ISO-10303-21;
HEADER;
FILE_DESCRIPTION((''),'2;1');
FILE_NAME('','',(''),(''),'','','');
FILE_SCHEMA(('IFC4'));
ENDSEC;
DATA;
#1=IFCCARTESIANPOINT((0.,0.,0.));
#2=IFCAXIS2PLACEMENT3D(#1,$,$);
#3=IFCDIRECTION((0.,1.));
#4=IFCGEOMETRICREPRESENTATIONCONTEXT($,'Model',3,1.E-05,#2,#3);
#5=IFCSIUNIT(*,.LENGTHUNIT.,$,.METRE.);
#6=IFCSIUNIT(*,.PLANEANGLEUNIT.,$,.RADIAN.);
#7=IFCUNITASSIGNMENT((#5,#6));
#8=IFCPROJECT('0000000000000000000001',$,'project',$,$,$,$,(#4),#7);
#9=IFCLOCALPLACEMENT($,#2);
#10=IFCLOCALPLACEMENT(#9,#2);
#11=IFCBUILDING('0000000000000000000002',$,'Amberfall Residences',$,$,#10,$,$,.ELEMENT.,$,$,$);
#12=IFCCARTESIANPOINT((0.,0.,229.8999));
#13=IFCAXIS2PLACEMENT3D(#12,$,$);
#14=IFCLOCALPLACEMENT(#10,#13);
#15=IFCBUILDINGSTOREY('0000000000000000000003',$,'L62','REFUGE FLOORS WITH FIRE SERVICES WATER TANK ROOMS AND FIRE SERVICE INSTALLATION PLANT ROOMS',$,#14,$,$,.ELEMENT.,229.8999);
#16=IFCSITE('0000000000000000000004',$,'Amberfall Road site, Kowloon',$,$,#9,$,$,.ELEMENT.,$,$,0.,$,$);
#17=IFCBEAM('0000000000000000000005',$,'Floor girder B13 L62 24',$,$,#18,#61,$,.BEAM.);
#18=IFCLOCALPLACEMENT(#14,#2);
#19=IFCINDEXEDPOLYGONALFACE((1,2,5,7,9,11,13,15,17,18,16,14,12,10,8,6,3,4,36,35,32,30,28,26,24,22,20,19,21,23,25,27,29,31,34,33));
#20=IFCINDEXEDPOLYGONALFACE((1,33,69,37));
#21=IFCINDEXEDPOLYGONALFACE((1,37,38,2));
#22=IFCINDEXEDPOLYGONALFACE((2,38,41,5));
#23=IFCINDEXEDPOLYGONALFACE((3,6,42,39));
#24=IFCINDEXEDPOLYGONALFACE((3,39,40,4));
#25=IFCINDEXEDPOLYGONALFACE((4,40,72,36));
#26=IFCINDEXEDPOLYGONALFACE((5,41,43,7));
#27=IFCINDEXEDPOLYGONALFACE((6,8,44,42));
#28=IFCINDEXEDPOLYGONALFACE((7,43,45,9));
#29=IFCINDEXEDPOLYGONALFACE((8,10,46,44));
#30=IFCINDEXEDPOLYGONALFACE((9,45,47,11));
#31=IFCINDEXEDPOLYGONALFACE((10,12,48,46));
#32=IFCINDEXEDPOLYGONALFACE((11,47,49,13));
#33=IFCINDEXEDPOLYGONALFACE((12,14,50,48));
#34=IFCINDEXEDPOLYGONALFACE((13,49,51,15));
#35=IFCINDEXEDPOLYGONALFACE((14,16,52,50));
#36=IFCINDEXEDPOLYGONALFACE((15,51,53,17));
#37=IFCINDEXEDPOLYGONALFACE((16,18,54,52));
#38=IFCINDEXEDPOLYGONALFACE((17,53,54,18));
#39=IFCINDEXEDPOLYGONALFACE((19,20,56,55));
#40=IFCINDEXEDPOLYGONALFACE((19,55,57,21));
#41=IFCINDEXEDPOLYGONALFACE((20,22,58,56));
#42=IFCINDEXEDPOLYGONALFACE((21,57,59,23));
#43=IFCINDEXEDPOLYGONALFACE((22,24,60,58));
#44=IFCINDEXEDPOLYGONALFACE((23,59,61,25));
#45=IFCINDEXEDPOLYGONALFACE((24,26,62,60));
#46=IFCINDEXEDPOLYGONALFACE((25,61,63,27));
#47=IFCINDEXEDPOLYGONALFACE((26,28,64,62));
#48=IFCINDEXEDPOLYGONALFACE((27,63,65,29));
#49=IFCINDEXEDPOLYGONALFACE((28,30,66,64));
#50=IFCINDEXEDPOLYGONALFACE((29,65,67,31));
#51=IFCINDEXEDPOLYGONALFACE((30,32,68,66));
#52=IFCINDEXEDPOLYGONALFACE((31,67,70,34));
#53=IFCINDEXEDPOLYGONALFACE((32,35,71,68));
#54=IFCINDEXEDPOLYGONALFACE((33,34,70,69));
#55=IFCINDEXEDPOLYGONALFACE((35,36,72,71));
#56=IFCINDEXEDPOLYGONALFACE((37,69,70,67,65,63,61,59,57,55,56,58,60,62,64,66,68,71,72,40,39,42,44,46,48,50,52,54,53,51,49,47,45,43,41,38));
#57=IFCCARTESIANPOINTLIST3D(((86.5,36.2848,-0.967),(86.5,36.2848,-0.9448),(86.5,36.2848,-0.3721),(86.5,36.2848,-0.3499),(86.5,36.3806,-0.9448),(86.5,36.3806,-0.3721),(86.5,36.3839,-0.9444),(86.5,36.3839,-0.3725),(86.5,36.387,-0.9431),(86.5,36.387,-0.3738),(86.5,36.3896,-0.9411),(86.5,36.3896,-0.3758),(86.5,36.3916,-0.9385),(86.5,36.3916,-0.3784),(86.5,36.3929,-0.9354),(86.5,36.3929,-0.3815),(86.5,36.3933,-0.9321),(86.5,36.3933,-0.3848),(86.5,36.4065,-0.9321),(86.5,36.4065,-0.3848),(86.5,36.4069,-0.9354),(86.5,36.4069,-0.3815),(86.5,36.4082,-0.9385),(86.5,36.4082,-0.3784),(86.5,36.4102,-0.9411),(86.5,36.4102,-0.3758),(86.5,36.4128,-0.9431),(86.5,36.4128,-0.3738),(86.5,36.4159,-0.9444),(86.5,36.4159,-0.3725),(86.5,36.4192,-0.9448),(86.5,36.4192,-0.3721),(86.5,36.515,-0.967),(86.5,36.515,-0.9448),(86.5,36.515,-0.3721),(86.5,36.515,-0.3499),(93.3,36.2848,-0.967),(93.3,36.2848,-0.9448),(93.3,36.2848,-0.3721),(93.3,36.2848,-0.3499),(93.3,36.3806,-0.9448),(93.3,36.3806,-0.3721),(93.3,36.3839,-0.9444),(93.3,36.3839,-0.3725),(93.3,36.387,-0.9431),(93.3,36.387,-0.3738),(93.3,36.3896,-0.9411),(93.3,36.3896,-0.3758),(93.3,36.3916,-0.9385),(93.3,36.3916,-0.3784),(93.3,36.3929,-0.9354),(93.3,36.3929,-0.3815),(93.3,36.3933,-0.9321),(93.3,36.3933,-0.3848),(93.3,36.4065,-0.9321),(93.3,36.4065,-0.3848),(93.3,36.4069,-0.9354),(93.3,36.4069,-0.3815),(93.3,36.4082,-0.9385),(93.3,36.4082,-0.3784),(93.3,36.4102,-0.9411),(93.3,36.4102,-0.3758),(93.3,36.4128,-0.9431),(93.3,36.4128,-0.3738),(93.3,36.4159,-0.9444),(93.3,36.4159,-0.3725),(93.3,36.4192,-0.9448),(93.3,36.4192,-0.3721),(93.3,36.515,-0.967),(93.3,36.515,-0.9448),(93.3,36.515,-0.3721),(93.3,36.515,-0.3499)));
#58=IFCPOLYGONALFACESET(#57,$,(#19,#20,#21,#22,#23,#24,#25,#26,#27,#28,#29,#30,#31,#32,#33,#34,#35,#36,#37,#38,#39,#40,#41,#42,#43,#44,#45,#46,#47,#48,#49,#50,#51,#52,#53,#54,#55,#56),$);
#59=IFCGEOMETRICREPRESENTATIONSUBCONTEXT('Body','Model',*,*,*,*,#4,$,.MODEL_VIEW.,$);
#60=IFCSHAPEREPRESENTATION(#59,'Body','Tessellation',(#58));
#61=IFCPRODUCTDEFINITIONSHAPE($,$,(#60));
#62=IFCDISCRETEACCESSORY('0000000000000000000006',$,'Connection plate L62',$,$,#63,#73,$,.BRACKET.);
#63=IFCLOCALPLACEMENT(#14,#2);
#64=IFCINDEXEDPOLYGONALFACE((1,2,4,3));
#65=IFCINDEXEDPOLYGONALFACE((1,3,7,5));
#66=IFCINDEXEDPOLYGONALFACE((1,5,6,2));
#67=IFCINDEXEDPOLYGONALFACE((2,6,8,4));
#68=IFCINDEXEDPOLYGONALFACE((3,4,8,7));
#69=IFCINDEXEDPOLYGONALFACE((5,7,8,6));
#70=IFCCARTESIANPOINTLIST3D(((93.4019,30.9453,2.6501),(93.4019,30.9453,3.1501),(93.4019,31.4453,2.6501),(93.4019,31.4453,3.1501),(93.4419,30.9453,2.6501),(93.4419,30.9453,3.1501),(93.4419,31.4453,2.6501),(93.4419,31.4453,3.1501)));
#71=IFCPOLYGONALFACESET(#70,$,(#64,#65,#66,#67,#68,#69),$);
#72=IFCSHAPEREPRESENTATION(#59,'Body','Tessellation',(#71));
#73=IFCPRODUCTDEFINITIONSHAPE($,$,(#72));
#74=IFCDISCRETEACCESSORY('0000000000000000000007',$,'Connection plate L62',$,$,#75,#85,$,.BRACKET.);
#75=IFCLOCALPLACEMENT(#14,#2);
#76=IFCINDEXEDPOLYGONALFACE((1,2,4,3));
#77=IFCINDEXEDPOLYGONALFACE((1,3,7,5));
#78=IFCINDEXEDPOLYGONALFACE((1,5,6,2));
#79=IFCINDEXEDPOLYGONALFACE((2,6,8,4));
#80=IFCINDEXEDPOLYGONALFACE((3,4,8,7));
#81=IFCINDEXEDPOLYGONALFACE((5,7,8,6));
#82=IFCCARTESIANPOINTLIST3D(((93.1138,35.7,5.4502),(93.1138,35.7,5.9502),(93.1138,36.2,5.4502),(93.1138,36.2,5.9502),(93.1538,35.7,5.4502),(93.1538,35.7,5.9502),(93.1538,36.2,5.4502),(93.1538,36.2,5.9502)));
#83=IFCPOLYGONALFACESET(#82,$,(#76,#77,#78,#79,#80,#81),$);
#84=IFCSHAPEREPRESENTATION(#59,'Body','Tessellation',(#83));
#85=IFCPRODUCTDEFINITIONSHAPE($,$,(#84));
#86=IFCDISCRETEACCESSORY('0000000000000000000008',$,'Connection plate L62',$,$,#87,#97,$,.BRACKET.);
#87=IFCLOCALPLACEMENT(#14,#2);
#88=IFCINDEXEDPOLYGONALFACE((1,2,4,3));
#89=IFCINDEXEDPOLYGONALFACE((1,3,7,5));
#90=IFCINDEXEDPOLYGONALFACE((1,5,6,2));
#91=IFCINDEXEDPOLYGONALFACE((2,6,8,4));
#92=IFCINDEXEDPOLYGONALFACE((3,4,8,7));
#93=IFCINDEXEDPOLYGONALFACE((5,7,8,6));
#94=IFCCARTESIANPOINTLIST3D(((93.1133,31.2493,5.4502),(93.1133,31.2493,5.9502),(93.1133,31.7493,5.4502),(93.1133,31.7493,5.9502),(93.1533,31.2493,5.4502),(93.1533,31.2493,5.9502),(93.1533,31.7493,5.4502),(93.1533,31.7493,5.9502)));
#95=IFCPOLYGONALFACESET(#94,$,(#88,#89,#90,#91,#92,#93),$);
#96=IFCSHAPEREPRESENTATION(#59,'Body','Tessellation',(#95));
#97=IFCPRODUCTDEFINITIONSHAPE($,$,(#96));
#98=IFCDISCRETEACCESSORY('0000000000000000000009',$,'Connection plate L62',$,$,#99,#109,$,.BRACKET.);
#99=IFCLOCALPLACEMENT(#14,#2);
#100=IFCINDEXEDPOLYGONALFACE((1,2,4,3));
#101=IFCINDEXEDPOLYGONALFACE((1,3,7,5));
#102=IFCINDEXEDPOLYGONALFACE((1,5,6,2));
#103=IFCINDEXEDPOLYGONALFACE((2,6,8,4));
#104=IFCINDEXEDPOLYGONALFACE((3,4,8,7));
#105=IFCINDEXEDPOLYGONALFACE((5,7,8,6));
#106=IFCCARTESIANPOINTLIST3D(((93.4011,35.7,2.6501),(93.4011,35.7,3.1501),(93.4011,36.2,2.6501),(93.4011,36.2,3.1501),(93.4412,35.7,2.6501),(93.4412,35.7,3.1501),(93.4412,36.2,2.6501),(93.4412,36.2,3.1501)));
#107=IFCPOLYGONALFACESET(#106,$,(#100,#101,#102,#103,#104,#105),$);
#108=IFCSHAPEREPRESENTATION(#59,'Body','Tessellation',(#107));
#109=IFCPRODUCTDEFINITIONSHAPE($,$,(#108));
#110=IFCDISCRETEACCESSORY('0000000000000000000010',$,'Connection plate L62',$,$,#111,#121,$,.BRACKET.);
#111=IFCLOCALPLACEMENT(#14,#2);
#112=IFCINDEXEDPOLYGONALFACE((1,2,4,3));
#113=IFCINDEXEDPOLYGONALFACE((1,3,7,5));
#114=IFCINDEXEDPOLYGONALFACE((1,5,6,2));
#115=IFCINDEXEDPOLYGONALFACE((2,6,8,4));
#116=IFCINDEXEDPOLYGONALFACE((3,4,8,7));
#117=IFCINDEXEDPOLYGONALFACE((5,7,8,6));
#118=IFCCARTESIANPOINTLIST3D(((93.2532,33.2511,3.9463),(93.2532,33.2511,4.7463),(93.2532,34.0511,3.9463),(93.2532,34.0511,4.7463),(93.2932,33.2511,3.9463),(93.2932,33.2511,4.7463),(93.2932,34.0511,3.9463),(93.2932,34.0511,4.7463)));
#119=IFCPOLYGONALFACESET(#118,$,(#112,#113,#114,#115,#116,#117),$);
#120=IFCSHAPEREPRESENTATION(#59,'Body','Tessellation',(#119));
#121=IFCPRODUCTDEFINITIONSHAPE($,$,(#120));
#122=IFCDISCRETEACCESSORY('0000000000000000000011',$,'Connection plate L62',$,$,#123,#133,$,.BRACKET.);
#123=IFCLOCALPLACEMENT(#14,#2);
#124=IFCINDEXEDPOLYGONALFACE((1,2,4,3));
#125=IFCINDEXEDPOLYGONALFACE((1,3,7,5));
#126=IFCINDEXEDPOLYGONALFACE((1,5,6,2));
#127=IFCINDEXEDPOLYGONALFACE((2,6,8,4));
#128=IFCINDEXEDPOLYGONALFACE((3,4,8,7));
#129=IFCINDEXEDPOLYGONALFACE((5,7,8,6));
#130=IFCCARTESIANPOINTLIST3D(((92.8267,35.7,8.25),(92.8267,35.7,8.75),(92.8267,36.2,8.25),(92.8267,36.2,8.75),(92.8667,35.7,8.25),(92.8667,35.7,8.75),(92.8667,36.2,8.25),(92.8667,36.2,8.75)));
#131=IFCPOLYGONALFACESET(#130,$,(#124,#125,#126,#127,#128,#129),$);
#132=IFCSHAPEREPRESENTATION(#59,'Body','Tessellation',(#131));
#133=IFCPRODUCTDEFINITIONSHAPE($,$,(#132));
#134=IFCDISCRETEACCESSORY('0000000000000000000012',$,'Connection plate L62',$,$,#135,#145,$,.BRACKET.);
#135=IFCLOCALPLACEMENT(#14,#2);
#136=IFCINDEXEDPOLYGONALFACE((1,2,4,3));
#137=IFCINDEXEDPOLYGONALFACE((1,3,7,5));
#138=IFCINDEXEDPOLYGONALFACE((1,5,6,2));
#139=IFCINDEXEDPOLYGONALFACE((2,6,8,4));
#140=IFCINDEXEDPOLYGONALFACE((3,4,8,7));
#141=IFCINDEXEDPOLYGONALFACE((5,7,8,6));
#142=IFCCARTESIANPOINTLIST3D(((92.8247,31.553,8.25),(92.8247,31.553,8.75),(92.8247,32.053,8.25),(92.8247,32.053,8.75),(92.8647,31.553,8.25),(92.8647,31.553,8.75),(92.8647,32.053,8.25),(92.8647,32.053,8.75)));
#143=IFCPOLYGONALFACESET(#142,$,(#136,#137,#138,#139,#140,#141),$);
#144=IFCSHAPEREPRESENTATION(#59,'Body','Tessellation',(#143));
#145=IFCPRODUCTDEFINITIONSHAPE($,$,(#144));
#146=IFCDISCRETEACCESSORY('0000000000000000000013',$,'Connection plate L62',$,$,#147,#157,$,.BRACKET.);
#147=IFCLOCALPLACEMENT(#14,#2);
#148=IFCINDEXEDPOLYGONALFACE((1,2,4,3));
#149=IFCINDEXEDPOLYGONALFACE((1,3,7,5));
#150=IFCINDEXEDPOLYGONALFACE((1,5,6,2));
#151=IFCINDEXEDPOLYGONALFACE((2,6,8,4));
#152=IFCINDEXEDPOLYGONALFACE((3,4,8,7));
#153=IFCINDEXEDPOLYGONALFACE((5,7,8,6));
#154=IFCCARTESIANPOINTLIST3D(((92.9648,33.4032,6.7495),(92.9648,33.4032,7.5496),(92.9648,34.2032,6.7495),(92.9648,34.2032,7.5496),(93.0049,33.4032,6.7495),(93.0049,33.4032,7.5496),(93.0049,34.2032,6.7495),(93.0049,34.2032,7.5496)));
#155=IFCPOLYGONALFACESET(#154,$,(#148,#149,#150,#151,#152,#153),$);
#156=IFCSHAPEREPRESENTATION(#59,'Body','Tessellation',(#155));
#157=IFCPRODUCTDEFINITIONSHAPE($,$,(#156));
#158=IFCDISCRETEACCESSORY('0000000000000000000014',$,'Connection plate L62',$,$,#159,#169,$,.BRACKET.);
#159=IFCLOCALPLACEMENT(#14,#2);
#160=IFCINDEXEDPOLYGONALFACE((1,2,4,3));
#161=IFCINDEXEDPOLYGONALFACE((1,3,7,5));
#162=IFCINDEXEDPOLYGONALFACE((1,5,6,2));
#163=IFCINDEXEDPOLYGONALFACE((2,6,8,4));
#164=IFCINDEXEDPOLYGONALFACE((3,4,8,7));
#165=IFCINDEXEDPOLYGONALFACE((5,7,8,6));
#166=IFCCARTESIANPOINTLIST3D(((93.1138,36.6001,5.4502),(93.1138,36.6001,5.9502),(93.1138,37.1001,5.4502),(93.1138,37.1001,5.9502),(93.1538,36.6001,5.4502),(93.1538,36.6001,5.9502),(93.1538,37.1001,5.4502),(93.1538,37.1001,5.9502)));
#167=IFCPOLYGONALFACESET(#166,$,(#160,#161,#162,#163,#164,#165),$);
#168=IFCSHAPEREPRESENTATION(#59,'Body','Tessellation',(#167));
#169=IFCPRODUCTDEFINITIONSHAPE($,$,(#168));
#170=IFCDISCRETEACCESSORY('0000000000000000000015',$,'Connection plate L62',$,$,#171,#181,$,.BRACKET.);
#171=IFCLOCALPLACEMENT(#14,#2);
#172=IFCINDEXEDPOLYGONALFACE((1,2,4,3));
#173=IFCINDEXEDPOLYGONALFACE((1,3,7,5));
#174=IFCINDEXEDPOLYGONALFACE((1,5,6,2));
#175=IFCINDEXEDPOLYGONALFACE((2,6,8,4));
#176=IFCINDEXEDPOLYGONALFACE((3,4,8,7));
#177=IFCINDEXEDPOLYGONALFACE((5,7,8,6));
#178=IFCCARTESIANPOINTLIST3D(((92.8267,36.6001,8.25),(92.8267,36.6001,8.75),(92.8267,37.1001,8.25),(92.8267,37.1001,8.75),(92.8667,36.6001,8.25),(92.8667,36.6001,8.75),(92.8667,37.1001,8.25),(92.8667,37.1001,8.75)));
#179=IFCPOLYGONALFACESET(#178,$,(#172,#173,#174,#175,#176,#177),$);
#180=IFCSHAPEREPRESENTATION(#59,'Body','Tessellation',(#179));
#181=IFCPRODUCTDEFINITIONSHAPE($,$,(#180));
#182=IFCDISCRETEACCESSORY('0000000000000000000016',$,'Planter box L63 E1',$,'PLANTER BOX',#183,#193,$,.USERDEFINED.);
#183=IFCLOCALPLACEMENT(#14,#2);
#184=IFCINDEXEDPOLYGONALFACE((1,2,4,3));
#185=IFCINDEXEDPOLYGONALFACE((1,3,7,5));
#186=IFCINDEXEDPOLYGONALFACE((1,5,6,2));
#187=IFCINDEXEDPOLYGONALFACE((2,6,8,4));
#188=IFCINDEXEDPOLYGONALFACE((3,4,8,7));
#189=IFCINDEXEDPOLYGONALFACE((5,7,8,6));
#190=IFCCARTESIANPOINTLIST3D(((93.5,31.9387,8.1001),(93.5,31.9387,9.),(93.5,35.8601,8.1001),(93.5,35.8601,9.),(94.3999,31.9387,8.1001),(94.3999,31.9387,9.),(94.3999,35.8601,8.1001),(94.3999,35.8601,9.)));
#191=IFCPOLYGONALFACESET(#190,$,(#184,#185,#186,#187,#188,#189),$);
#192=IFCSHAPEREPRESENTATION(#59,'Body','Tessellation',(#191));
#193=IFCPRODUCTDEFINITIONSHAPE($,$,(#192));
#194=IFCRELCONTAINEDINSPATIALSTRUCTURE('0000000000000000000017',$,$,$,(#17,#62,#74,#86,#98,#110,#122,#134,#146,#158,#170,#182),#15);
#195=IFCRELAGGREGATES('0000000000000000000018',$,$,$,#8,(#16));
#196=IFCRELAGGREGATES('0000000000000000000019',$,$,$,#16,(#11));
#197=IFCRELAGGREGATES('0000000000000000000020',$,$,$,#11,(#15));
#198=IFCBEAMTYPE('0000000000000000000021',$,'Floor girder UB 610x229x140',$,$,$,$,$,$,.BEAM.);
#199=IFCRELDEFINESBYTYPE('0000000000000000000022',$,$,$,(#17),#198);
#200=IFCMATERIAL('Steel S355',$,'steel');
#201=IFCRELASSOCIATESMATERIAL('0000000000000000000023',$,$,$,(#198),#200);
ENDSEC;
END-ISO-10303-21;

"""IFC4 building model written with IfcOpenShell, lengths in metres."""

from ifc_helpers import new_model, si_unit, direction, frame, origin, origin_2d, place, context, subcontext, project, spatial, rectangle, i_section, extrude, material, material_profile, profile_set, type_object, element, save


model = new_model("IFC4")

# Units and contexts
model_context = context("Model", 3, precision=1e-05, world=origin(), true_north=direction((0.0, 1.0)))
body_context = subcontext(model_context, "Body", "Model", "MODEL_VIEW")
ifc_project = project(units=[si_unit("LENGTHUNIT", "METRE"), si_unit("PLANEANGLEUNIT", "RADIAN")], contexts=[model_context])

# Site, building, storey
site_placement = place(None, origin())
site = spatial("IfcSite", under=ifc_project, at=site_placement, Name="Amberfall Road site, Kowloon", CompositionType="ELEMENT", RefElevation=0.0)
building_placement = place(site_placement, origin())
building = spatial("IfcBuilding", under=site, at=building_placement, Name="Amberfall Residences", CompositionType="ELEMENT")
storey_placement = place(building_placement, frame((0.0, 0.0, 229.8999)))
storey = spatial("IfcBuildingStorey", under=building, at=storey_placement, Name="L62", Description="REFUGE FLOORS WITH FIRE SERVICES WATER TANK ROOMS AND FIRE SERVICE INSTALLATION PLANT ROOMS", CompositionType="ELEMENT", Elevation=229.8999)

# Shared definitions
ifc_material_1 = material(Name="Steel S355", Category="steel")

# Beam
ifc_material_profile_1 = material_profile(ifc_material_1, i_section(OverallWidth=0.2302, OverallDepth=0.6172, WebThickness=0.0132, FlangeThickness=0.0222, FilletRadius=0.0127, at=origin_2d()), Name="UB 610x229x140")
ifc_profile_set_1 = profile_set([ifc_material_profile_1], Name="Steel S355")
beam_type_1 = type_object("IfcBeamType", Name="Floor girder UB 610x229x140", PredefinedType="BEAM", material=ifc_profile_set_1)
beam_1_placement = place(storey_placement, frame((93.3, 36.3999, -0.6584), z_axis=(-1.0, 0.0, 0.0), x_axis=(0.0, -1.0, 0.0)))
element("IfcBeam", 1, at=beam_1_placement, inside=storey, type_object=beam_type_1, Name="Floor girder B13 L62 24", PredefinedType="BEAM", context=body_context, shape_type="SweptSolid", body=[
    extrude(i_section(OverallWidth=0.2302, OverallDepth=0.6172, WebThickness=0.0132, FlangeThickness=0.0222, FilletRadius=0.0127, at=origin_2d()), origin(), (0.0, 0.0, 1.0), 6.8),
])

# Discrete accessories
for number, where, z_axis, x_axis, name in (
    (2, (93.4219, 31.1953, 2.6501), (0.0, 0.0, 1.0), (0.0, 1.0, 0.0), "Connection plate L62"),
    (3, (93.1338, 35.95, 5.4502), (0.0, 0.0, 1.0), (0.0, 1.0, 0.0), "Connection plate L62"),
    (4, (93.1333, 31.4993, 5.4502), (0.0, 0.0, 1.0), (0.0, 1.0, 0.0), "Connection plate L62"),
    (5, (93.4211, 35.95, 2.6501), (0.0, 0.0, 1.0), (0.0, 1.0, 0.0), "Connection plate L62"),
):
    element("IfcDiscreteAccessory", number, at=place(storey_placement, frame(where, z_axis=z_axis, x_axis=x_axis)), inside=storey, Name=name, PredefinedType="BRACKET", context=body_context, shape_type="SweptSolid", body=[
        extrude(rectangle(XDim=0.5, YDim=0.04, at=origin_2d()), origin(), (0.0, 0.0, 1.0), 0.5),
    ])
discrete_accessory_1_placement = place(storey_placement, frame((93.2732, 33.6511, 3.9463), z_axis=(0.0, 0.0, 1.0), x_axis=(0.0, 1.0, 0.0)))
element("IfcDiscreteAccessory", 6, at=discrete_accessory_1_placement, inside=storey, Name="Connection plate L62", PredefinedType="BRACKET", context=body_context, shape_type="SweptSolid", body=[
    extrude(rectangle(XDim=0.8, YDim=0.04, at=origin_2d()), origin(), (0.0, 0.0, 1.0), 0.8),
])
for number, where, z_axis, x_axis, name in (
    (7, (92.8467, 35.95, 8.25), (0.0, 0.0, 1.0), (0.0, 1.0, 0.0), "Connection plate L62"),
    (8, (92.8447, 31.803, 8.25), (0.0, 0.0, 1.0), (0.0, 1.0, 0.0), "Connection plate L62"),
):
    element("IfcDiscreteAccessory", number, at=place(storey_placement, frame(where, z_axis=z_axis, x_axis=x_axis)), inside=storey, Name=name, PredefinedType="BRACKET", context=body_context, shape_type="SweptSolid", body=[
        extrude(rectangle(XDim=0.5, YDim=0.04, at=origin_2d()), origin(), (0.0, 0.0, 1.0), 0.5),
    ])
discrete_accessory_2_placement = place(storey_placement, frame((92.9849, 33.8032, 6.7495), z_axis=(0.0, 0.0, 1.0), x_axis=(0.0, 1.0, 0.0)))
element("IfcDiscreteAccessory", 9, at=discrete_accessory_2_placement, inside=storey, Name="Connection plate L62", PredefinedType="BRACKET", context=body_context, shape_type="SweptSolid", body=[
    extrude(rectangle(XDim=0.8, YDim=0.04, at=origin_2d()), origin(), (0.0, 0.0, 1.0), 0.8),
])
for number, where, z_axis, x_axis, name in (
    (10, (93.1338, 36.8501, 5.4502), (0.0, 0.0, 1.0), (0.0, 1.0, 0.0), "Connection plate L62"),
    (11, (92.8467, 36.8501, 8.25), (0.0, 0.0, 1.0), (0.0, 1.0, 0.0), "Connection plate L62"),
):
    element("IfcDiscreteAccessory", number, at=place(storey_placement, frame(where, z_axis=z_axis, x_axis=x_axis)), inside=storey, Name=name, PredefinedType="BRACKET", context=body_context, shape_type="SweptSolid", body=[
        extrude(rectangle(XDim=0.5, YDim=0.04, at=origin_2d()), origin(), (0.0, 0.0, 1.0), 0.5),
    ])
discrete_accessory_3_placement = place(storey_placement, frame((93.95, 33.8994, 8.1001), z_axis=(0.0, 0.0, 1.0), x_axis=(0.0, 1.0, 0.0)))
element("IfcDiscreteAccessory", 12, at=discrete_accessory_3_placement, inside=storey, Name="Planter box L63 E1", ObjectType="PLANTER BOX", PredefinedType="USERDEFINED", context=body_context, shape_type="SweptSolid", body=[
    extrude(rectangle(XDim=3.9214, YDim=0.8999, at=origin_2d()), origin(), (0.0, 0.0, 1.0), 0.8999),
])

save(model, "model.ifc")
